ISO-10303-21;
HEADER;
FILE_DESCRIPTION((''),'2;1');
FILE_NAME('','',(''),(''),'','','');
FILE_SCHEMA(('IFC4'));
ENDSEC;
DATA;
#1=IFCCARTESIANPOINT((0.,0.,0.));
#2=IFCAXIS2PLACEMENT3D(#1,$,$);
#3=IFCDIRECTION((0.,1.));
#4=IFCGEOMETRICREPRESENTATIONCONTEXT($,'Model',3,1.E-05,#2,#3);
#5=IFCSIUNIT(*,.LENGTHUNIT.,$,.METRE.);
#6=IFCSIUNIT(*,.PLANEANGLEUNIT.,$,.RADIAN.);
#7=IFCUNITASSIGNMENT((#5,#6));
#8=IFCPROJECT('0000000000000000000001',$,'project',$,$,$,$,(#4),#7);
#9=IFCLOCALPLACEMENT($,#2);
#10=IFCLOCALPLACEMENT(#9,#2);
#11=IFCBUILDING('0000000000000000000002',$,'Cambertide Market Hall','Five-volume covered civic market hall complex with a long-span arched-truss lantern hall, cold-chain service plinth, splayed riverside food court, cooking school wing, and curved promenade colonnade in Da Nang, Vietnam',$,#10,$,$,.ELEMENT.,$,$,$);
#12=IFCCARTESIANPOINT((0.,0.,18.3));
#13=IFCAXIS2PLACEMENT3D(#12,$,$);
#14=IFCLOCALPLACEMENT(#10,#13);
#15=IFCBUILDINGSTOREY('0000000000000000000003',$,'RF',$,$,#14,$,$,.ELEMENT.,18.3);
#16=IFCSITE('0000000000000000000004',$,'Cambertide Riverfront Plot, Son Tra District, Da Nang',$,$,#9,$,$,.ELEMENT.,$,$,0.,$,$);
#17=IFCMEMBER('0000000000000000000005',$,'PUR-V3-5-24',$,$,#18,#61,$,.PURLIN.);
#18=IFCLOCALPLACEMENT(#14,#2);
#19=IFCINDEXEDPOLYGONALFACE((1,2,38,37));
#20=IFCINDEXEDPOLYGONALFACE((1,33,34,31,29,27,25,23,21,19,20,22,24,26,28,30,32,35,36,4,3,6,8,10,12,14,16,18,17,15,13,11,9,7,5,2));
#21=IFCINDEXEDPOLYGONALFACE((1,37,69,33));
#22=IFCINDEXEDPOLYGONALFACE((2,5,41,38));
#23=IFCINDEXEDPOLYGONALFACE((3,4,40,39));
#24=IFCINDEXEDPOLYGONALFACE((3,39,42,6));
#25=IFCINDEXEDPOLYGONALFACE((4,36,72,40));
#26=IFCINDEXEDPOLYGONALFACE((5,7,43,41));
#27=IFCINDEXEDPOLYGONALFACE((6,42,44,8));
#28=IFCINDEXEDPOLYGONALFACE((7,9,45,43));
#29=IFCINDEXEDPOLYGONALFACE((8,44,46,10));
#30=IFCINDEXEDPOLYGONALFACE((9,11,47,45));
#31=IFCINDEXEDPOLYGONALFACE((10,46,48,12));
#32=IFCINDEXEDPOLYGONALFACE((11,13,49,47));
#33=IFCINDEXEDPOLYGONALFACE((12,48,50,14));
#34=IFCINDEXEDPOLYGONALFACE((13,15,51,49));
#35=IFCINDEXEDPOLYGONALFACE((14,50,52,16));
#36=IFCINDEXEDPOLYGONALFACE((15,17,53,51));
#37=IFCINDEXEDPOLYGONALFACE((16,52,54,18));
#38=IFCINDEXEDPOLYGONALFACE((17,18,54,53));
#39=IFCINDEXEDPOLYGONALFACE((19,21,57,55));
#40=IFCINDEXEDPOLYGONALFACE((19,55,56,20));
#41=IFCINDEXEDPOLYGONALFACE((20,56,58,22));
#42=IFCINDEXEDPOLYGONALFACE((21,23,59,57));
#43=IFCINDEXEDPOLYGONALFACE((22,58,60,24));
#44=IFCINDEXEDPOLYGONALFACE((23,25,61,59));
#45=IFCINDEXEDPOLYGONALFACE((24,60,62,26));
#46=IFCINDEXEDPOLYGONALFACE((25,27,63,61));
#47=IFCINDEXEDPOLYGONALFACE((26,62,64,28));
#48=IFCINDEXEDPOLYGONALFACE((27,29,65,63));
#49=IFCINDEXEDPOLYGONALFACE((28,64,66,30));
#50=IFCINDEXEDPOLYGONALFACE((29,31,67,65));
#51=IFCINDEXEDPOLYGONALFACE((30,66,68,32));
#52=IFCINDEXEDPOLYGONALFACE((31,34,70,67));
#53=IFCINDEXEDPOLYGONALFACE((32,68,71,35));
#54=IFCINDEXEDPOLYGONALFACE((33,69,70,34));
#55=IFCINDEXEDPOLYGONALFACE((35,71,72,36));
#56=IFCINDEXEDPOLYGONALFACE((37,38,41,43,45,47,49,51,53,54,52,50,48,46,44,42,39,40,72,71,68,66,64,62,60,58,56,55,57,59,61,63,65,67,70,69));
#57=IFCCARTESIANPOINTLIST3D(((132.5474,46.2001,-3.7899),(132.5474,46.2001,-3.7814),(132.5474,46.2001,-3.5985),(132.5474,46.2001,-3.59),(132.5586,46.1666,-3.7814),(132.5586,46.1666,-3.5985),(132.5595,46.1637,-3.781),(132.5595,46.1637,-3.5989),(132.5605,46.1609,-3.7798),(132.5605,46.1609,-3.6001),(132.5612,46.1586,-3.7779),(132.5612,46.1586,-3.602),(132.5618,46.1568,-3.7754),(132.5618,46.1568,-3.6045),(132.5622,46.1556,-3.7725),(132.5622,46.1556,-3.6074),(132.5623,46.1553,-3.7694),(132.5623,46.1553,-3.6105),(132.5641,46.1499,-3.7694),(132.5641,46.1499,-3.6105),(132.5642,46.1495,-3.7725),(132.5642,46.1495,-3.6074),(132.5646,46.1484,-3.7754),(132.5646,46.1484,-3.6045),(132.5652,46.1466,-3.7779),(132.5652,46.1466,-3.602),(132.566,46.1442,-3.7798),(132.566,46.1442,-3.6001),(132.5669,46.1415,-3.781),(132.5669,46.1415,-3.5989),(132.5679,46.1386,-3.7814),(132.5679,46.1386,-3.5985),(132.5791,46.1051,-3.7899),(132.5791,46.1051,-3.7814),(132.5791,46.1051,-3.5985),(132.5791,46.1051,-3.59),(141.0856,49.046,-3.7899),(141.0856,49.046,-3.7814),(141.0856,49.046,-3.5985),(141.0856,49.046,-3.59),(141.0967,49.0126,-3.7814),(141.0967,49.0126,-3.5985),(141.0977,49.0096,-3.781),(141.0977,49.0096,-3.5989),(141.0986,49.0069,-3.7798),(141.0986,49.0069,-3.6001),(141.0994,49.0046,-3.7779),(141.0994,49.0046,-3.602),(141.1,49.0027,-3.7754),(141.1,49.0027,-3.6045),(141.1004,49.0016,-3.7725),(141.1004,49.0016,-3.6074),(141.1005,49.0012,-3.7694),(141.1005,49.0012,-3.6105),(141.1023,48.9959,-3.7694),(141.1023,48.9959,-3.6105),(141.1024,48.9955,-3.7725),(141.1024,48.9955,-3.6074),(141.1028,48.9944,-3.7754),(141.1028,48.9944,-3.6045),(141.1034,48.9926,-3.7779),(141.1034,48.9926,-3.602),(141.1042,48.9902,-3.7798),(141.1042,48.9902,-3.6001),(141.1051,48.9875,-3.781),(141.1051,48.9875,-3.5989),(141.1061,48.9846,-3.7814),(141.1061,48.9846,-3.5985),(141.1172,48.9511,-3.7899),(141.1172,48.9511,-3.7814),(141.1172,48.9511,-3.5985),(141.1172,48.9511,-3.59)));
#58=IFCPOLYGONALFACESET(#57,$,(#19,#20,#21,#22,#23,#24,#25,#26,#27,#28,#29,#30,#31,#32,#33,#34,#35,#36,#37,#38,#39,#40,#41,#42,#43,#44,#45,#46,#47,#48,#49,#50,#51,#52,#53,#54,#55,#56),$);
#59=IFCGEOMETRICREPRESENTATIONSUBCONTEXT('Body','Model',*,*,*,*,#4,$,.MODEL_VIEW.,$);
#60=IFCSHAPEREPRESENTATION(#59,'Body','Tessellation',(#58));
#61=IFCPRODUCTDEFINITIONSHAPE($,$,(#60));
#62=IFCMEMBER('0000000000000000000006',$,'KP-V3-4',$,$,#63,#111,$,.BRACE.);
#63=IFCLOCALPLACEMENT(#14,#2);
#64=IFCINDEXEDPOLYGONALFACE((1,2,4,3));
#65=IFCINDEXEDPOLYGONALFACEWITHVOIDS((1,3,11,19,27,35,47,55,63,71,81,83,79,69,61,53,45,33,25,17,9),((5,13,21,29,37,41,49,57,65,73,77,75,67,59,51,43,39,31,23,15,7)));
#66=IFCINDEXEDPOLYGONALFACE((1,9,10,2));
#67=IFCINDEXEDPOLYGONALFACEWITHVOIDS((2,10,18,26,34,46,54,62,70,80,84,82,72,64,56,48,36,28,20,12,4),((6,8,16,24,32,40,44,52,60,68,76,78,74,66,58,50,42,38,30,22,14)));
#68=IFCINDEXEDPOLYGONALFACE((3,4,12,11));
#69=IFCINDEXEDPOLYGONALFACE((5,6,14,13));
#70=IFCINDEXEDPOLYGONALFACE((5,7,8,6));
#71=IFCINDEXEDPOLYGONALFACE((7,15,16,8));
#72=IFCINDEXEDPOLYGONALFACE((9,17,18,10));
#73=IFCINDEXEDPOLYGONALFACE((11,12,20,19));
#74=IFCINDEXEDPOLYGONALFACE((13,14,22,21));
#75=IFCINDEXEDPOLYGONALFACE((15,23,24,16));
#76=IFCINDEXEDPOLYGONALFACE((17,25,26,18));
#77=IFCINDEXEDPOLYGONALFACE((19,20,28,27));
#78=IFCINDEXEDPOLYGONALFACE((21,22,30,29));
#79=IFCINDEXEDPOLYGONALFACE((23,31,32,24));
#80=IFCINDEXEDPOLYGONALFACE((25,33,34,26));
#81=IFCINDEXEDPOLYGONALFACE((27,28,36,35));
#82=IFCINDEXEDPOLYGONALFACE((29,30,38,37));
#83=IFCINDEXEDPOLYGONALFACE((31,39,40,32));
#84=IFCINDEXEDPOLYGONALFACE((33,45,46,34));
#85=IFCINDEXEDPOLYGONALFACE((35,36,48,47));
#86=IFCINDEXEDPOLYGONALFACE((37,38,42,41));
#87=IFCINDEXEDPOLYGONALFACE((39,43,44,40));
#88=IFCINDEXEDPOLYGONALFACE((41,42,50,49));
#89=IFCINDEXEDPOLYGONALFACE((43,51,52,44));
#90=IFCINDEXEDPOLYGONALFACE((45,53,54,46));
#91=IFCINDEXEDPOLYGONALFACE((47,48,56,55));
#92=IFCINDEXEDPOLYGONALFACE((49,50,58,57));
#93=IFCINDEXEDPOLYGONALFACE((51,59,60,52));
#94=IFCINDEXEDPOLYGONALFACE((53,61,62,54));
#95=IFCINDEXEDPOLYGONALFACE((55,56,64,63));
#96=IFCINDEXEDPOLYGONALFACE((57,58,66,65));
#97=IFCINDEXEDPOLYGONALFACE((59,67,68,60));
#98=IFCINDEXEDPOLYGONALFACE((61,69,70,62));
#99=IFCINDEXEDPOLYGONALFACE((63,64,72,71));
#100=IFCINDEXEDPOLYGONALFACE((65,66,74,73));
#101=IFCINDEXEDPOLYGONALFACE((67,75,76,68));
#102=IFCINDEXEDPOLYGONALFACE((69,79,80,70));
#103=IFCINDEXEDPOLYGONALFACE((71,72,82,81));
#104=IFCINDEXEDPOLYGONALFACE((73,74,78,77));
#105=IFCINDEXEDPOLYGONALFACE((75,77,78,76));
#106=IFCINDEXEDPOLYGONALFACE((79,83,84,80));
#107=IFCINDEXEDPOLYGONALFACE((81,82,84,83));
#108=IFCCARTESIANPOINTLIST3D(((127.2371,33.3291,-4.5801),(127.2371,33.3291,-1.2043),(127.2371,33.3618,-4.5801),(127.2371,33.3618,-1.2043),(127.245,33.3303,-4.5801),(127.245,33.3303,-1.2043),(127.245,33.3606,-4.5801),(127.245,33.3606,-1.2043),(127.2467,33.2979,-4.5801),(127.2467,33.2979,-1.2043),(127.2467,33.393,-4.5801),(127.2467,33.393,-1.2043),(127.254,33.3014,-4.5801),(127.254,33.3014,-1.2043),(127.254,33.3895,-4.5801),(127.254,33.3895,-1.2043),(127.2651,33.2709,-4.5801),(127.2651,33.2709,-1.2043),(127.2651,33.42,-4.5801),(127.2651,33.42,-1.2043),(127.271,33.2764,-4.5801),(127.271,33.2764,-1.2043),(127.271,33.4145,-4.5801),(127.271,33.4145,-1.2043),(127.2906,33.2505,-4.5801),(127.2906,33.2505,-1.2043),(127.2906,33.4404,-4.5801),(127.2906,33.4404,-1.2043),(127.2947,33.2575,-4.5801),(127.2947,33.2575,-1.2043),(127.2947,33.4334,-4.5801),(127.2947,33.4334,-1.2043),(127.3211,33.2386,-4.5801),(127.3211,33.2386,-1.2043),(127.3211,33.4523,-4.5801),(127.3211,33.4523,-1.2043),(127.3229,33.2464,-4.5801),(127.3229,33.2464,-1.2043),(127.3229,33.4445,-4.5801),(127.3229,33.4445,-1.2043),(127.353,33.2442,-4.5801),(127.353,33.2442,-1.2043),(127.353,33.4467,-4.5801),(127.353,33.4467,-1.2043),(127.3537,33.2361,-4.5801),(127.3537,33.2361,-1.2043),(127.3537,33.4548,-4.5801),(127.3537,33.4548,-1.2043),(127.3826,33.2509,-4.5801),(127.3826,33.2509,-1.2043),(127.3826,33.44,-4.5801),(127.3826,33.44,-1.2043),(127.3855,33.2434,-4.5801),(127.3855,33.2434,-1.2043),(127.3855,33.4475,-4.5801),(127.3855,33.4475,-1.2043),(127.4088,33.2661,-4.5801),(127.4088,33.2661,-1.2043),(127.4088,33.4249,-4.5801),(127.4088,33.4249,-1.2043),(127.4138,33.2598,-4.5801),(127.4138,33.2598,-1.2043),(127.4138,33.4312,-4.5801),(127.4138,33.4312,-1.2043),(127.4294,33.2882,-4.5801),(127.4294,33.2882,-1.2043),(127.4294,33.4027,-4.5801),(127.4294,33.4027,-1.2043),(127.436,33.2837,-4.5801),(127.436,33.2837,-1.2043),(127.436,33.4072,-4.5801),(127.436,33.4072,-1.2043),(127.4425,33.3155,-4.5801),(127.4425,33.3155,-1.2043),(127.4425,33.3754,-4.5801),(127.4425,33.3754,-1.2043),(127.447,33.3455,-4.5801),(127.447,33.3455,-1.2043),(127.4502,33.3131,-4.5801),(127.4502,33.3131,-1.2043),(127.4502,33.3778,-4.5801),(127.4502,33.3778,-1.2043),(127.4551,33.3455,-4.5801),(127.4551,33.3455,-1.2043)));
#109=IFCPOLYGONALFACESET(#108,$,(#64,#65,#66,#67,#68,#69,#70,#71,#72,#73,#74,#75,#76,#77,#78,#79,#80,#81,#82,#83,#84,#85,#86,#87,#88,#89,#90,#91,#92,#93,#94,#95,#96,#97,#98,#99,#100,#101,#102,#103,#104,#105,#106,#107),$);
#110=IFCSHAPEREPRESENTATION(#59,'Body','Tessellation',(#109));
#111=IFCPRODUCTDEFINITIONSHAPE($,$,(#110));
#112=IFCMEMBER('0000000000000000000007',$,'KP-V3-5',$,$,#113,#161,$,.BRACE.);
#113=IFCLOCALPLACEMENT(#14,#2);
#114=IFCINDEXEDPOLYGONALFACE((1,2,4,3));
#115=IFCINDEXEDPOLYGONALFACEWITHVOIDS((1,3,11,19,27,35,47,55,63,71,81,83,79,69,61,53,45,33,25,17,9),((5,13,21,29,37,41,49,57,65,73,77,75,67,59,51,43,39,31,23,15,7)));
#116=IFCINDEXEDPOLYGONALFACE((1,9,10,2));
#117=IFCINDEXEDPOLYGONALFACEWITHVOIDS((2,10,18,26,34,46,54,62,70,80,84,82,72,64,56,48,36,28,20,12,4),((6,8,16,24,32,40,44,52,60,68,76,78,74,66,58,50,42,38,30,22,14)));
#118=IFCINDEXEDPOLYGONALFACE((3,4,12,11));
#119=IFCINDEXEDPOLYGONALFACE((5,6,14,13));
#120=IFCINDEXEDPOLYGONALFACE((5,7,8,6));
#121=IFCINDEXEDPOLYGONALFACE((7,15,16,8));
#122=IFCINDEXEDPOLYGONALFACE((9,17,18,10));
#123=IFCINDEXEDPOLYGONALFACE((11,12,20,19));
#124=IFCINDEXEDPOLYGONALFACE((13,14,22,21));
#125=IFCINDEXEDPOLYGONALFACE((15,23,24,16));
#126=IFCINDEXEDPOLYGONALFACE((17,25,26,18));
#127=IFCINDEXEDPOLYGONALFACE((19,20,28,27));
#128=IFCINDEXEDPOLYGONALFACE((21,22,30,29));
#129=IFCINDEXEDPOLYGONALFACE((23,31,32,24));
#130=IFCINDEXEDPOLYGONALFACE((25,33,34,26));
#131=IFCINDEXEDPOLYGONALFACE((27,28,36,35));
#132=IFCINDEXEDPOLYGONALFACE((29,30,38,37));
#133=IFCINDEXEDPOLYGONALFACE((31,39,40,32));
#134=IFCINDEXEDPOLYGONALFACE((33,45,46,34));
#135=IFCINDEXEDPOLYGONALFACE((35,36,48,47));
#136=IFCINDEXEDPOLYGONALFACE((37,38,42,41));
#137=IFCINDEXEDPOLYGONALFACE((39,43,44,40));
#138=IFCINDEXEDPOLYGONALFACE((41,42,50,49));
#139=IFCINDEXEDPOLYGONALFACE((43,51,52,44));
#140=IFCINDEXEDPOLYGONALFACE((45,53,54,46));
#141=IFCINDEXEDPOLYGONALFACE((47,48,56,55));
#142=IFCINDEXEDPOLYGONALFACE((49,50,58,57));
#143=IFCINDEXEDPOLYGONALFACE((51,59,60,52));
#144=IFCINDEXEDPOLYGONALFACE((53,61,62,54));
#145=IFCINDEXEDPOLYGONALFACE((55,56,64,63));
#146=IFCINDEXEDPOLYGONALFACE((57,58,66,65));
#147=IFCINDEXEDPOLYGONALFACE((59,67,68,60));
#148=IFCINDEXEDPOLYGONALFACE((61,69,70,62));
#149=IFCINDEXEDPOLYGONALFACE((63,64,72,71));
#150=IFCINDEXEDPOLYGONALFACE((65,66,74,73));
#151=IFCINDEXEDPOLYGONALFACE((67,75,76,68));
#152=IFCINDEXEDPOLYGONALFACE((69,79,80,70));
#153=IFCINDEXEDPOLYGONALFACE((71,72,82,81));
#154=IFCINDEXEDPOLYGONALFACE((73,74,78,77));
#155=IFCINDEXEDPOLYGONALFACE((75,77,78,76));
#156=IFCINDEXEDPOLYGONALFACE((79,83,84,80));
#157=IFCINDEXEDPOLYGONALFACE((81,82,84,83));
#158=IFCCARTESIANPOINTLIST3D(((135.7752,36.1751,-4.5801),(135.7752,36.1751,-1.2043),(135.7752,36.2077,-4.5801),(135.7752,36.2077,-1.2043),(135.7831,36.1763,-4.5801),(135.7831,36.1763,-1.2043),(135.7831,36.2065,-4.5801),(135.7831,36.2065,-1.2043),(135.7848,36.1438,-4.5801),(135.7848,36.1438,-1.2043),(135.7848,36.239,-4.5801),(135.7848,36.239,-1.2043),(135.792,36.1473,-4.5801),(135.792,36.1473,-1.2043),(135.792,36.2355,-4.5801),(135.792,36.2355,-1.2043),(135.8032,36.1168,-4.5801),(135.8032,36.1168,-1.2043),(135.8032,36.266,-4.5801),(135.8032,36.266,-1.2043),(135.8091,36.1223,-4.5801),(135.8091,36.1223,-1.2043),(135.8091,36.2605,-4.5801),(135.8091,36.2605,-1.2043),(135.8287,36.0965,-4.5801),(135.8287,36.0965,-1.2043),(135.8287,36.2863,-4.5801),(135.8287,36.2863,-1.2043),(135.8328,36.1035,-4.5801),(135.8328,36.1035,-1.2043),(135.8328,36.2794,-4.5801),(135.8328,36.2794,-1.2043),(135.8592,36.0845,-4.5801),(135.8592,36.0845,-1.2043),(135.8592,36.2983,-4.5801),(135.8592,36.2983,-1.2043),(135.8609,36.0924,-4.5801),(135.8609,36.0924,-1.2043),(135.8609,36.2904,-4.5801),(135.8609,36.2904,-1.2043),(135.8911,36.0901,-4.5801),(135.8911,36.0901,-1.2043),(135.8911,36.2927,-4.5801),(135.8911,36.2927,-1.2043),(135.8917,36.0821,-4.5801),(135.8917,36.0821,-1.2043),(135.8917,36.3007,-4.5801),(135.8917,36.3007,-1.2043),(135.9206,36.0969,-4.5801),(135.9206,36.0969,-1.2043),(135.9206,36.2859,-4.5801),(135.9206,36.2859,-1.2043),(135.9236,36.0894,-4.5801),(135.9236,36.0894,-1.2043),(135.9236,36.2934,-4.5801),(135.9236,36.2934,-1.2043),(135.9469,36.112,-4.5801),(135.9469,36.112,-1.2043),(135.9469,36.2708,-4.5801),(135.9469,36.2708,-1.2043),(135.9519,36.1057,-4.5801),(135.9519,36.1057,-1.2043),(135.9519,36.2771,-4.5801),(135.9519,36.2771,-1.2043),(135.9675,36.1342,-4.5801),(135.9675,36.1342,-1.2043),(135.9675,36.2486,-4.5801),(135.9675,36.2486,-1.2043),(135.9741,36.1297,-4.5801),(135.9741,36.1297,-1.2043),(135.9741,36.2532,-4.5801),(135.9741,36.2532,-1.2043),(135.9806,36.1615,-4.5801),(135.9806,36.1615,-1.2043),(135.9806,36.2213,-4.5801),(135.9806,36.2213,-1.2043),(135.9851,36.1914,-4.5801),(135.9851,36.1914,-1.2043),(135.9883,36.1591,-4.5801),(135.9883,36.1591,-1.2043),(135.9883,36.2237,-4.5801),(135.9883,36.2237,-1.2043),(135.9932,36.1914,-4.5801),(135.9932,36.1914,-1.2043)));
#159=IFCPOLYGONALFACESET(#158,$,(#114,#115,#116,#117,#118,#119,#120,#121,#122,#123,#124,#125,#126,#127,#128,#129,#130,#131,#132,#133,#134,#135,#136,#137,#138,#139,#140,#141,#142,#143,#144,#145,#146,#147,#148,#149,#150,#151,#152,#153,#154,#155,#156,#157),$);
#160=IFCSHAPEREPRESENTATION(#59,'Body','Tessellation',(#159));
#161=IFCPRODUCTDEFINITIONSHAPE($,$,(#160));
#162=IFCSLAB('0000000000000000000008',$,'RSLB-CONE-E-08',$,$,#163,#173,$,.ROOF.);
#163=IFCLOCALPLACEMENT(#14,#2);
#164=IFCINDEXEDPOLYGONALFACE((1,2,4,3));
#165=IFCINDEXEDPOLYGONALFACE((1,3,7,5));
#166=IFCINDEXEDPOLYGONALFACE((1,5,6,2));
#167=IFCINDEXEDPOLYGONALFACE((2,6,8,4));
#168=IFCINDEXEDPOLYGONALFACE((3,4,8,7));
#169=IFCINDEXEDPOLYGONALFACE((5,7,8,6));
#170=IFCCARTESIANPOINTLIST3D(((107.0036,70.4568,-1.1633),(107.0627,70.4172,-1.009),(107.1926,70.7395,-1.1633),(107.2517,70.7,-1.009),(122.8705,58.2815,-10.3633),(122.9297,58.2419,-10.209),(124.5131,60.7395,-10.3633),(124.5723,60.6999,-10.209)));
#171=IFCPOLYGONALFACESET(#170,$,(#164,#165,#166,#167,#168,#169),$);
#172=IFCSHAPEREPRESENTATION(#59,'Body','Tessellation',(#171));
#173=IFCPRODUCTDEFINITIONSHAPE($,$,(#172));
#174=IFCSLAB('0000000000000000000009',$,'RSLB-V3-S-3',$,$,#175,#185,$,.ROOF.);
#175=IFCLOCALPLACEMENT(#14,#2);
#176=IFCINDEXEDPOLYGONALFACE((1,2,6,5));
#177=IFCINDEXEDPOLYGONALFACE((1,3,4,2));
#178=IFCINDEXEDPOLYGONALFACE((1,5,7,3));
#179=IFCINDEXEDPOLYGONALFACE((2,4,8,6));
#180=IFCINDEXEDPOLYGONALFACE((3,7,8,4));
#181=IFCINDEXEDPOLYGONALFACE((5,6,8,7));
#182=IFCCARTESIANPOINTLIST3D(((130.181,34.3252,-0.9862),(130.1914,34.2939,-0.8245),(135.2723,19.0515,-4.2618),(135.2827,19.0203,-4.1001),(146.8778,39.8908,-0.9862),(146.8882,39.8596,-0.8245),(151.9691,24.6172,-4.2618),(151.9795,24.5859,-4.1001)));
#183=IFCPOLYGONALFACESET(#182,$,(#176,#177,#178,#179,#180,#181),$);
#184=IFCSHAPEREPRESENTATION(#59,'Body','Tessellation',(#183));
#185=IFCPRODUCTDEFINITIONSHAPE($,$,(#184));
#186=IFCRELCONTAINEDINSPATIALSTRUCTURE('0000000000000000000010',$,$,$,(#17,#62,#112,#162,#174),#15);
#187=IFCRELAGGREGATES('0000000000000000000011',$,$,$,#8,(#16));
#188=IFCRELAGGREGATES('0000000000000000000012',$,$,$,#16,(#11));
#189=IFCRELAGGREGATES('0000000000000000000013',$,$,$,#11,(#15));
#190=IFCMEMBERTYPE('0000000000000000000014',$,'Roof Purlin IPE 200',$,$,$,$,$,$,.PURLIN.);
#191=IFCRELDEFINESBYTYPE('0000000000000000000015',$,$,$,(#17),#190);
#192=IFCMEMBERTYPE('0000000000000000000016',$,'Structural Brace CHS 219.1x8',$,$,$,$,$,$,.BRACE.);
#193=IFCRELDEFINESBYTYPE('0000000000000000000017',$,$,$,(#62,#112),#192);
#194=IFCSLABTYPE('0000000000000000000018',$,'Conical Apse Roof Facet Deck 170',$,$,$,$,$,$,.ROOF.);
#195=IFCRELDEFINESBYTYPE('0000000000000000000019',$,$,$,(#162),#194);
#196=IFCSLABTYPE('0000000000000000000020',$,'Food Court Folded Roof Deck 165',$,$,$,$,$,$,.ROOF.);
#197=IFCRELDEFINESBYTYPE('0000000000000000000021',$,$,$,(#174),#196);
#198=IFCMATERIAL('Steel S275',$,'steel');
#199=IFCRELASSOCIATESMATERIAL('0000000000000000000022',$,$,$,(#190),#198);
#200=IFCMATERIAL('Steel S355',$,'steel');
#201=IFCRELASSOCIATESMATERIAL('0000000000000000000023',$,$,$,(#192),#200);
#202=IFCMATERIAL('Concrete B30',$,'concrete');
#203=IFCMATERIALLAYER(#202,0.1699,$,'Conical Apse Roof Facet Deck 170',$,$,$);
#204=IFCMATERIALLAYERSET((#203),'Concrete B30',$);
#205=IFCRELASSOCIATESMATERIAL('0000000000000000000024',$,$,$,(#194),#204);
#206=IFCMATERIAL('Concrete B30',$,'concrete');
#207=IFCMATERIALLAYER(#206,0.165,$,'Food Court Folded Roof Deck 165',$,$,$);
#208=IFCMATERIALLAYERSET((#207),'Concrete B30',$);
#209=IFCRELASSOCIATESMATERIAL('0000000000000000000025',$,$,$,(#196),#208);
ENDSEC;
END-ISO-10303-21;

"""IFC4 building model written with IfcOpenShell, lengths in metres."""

from ifc_helpers import new_model, si_unit, direction, frame, origin, origin_2d, place, context, subcontext, project, spatial, polyline, hollow_circle, i_section, outline, extrude, material, layer, layer_set, material_profile, profile_set, type_object, element, save


model = new_model("IFC4")

# Units and contexts
model_context = context("Model", 3, precision=1e-05, world=origin(), true_north=direction((0.0, 1.0)))
body_context = subcontext(model_context, "Body", "Model", "MODEL_VIEW")
ifc_project = project(units=[si_unit("LENGTHUNIT", "METRE"), si_unit("PLANEANGLEUNIT", "RADIAN")], contexts=[model_context])

# Site, building, storey
site_placement = place(None, origin())
site = spatial("IfcSite", under=ifc_project, at=site_placement, Name="Cambertide Riverfront Plot, Son Tra District, Da Nang", CompositionType="ELEMENT", RefElevation=0.0)
building_placement = place(site_placement, origin())
building = spatial("IfcBuilding", under=site, at=building_placement, Name="Cambertide Market Hall", Description="Five-volume covered civic market hall complex with a long-span arched-truss lantern hall, cold-chain service plinth, splayed riverside food court, cooking school wing, and curved promenade colonnade in Da Nang, Vietnam", CompositionType="ELEMENT")
storey_placement = place(building_placement, frame((0.0, 0.0, 18.3)))
storey = spatial("IfcBuildingStorey", under=building, at=storey_placement, Name="RF", CompositionType="ELEMENT", Elevation=18.3)

# Members
ifc_material_1 = material(Name="Steel S275", Category="steel")
ifc_material_profile_1 = material_profile(ifc_material_1, i_section(OverallWidth=0.1001, OverallDepth=0.2, WebThickness=0.0056, FlangeThickness=0.0085, FilletRadius=0.012, at=origin_2d()), Name="IPE 200")
ifc_profile_set_1 = profile_set([ifc_material_profile_1], Name="Steel S275")
member_type_1 = type_object("IfcMemberType", Name="Roof Purlin IPE 200", PredefinedType="PURLIN", material=ifc_profile_set_1)
member_1_placement = place(storey_placement, frame((132.5632, 46.1526, -3.6899), z_axis=(0.948686, 0.31622, 0.0), x_axis=(-0.31622, 0.948686, 0.0)))
element("IfcMember", 1, at=member_1_placement, inside=storey, type_object=member_type_1, Name="PUR-V3-5-24", PredefinedType="PURLIN", context=body_context, shape_type="SweptSolid", body=[
    extrude(i_section(OverallWidth=0.1001, OverallDepth=0.2, WebThickness=0.0056, FlangeThickness=0.0085, FilletRadius=0.012, at=origin_2d()), origin(), (0.0, 0.0, 1.0), 9.0),
])
ifc_material_2 = material(Name="Steel S355", Category="steel")
ifc_material_profile_2 = material_profile(ifc_material_2, hollow_circle(Radius=0.1096, WallThickness=0.0081, at=origin_2d()), Name="CHS 219.1x8")
ifc_profile_set_2 = profile_set([ifc_material_profile_2], Name="Steel S355")
member_type_2 = type_object("IfcMemberType", Name="Structural Brace CHS 219.1x8", PredefinedType="BRACE", material=ifc_profile_set_2)
for number, where, z_axis, x_axis, name in (
    (2, (127.3455, 33.3455, -4.5801), (0.0, 0.0, 1.0), (1.0, 0.0, 0.0), "KP-V3-4"),
    (3, (135.8835, 36.1914, -4.5801), (0.0, 0.0, 1.0), (1.0, 0.0, 0.0), "KP-V3-5"),
):
    element("IfcMember", number, at=place(storey_placement, frame(where, z_axis=z_axis, x_axis=x_axis)), inside=storey, type_object=member_type_2, Name=name, PredefinedType="BRACE", context=body_context, shape_type="SweptSolid", body=[
        extrude(hollow_circle(Radius=0.1096, WallThickness=0.0081, at=origin_2d()), origin(), (0.0, 0.0, 1.0), 3.3757),
    ])

# Slabs
ifc_material_3 = material(Name="Concrete B30", Category="concrete")
ifc_layer_1 = layer(ifc_material_3, 0.1699, Name="Conical Apse Roof Facet Deck 170")
ifc_layer_set_1 = layer_set([ifc_layer_1], Name="Concrete B30")
slab_type_1 = type_object("IfcSlabType", Name="Conical Apse Roof Facet Deck 170", PredefinedType="ROOF", material=ifc_layer_set_1)
slab_1_placement = place(storey_placement, frame((122.9297, 58.2419, -10.209), z_axis=(0.348075, -0.232608, 0.908151), x_axis=(0.555616, 0.831439, 0.000004)))
element("IfcSlab", 4, at=slab_1_placement, inside=storey, type_object=slab_type_1, Name="RSLB-CONE-E-08", PredefinedType="ROOF", context=body_context, shape_type="SweptSolid", body=[
    extrude(outline(polyline([(0.0, 0.0), (2.9563, 0.0), (1.6472, 21.9756), (1.3071, 21.9756), (0.0, 0.0)])), origin(), (0.0, 0.0, -1.0), 0.1699),
])
ifc_material_4 = material(Name="Concrete B30", Category="concrete")
ifc_layer_2 = layer(ifc_material_4, 0.165, Name="Food Court Folded Roof Deck 165")
ifc_layer_set_2 = layer_set([ifc_layer_2], Name="Concrete B30")
slab_type_2 = type_object("IfcSlabType", Name="Food Court Folded Roof Deck 165", PredefinedType="ROOF", material=ifc_layer_set_2)
slab_2_placement = place(storey_placement, frame((135.2827, 19.0203, -4.1001), z_axis=(0.063048, -0.189141, 0.979924), x_axis=(0.948682, 0.316232, 0.0)))
element("IfcSlab", 5, at=slab_2_placement, inside=storey, type_object=slab_type_2, Name="RSLB-V3-S-3", PredefinedType="ROOF", context=body_context, shape_type="SweptSolid", body=[
    extrude(outline(polyline([(0.0, 0.0), (17.6, 0.0), (17.6, 16.4297), (0.0, 16.4297), (0.0, 0.0)])), origin(), (0.0, 0.0, -1.0), 0.165),
])

save(model, "model.ifc")
